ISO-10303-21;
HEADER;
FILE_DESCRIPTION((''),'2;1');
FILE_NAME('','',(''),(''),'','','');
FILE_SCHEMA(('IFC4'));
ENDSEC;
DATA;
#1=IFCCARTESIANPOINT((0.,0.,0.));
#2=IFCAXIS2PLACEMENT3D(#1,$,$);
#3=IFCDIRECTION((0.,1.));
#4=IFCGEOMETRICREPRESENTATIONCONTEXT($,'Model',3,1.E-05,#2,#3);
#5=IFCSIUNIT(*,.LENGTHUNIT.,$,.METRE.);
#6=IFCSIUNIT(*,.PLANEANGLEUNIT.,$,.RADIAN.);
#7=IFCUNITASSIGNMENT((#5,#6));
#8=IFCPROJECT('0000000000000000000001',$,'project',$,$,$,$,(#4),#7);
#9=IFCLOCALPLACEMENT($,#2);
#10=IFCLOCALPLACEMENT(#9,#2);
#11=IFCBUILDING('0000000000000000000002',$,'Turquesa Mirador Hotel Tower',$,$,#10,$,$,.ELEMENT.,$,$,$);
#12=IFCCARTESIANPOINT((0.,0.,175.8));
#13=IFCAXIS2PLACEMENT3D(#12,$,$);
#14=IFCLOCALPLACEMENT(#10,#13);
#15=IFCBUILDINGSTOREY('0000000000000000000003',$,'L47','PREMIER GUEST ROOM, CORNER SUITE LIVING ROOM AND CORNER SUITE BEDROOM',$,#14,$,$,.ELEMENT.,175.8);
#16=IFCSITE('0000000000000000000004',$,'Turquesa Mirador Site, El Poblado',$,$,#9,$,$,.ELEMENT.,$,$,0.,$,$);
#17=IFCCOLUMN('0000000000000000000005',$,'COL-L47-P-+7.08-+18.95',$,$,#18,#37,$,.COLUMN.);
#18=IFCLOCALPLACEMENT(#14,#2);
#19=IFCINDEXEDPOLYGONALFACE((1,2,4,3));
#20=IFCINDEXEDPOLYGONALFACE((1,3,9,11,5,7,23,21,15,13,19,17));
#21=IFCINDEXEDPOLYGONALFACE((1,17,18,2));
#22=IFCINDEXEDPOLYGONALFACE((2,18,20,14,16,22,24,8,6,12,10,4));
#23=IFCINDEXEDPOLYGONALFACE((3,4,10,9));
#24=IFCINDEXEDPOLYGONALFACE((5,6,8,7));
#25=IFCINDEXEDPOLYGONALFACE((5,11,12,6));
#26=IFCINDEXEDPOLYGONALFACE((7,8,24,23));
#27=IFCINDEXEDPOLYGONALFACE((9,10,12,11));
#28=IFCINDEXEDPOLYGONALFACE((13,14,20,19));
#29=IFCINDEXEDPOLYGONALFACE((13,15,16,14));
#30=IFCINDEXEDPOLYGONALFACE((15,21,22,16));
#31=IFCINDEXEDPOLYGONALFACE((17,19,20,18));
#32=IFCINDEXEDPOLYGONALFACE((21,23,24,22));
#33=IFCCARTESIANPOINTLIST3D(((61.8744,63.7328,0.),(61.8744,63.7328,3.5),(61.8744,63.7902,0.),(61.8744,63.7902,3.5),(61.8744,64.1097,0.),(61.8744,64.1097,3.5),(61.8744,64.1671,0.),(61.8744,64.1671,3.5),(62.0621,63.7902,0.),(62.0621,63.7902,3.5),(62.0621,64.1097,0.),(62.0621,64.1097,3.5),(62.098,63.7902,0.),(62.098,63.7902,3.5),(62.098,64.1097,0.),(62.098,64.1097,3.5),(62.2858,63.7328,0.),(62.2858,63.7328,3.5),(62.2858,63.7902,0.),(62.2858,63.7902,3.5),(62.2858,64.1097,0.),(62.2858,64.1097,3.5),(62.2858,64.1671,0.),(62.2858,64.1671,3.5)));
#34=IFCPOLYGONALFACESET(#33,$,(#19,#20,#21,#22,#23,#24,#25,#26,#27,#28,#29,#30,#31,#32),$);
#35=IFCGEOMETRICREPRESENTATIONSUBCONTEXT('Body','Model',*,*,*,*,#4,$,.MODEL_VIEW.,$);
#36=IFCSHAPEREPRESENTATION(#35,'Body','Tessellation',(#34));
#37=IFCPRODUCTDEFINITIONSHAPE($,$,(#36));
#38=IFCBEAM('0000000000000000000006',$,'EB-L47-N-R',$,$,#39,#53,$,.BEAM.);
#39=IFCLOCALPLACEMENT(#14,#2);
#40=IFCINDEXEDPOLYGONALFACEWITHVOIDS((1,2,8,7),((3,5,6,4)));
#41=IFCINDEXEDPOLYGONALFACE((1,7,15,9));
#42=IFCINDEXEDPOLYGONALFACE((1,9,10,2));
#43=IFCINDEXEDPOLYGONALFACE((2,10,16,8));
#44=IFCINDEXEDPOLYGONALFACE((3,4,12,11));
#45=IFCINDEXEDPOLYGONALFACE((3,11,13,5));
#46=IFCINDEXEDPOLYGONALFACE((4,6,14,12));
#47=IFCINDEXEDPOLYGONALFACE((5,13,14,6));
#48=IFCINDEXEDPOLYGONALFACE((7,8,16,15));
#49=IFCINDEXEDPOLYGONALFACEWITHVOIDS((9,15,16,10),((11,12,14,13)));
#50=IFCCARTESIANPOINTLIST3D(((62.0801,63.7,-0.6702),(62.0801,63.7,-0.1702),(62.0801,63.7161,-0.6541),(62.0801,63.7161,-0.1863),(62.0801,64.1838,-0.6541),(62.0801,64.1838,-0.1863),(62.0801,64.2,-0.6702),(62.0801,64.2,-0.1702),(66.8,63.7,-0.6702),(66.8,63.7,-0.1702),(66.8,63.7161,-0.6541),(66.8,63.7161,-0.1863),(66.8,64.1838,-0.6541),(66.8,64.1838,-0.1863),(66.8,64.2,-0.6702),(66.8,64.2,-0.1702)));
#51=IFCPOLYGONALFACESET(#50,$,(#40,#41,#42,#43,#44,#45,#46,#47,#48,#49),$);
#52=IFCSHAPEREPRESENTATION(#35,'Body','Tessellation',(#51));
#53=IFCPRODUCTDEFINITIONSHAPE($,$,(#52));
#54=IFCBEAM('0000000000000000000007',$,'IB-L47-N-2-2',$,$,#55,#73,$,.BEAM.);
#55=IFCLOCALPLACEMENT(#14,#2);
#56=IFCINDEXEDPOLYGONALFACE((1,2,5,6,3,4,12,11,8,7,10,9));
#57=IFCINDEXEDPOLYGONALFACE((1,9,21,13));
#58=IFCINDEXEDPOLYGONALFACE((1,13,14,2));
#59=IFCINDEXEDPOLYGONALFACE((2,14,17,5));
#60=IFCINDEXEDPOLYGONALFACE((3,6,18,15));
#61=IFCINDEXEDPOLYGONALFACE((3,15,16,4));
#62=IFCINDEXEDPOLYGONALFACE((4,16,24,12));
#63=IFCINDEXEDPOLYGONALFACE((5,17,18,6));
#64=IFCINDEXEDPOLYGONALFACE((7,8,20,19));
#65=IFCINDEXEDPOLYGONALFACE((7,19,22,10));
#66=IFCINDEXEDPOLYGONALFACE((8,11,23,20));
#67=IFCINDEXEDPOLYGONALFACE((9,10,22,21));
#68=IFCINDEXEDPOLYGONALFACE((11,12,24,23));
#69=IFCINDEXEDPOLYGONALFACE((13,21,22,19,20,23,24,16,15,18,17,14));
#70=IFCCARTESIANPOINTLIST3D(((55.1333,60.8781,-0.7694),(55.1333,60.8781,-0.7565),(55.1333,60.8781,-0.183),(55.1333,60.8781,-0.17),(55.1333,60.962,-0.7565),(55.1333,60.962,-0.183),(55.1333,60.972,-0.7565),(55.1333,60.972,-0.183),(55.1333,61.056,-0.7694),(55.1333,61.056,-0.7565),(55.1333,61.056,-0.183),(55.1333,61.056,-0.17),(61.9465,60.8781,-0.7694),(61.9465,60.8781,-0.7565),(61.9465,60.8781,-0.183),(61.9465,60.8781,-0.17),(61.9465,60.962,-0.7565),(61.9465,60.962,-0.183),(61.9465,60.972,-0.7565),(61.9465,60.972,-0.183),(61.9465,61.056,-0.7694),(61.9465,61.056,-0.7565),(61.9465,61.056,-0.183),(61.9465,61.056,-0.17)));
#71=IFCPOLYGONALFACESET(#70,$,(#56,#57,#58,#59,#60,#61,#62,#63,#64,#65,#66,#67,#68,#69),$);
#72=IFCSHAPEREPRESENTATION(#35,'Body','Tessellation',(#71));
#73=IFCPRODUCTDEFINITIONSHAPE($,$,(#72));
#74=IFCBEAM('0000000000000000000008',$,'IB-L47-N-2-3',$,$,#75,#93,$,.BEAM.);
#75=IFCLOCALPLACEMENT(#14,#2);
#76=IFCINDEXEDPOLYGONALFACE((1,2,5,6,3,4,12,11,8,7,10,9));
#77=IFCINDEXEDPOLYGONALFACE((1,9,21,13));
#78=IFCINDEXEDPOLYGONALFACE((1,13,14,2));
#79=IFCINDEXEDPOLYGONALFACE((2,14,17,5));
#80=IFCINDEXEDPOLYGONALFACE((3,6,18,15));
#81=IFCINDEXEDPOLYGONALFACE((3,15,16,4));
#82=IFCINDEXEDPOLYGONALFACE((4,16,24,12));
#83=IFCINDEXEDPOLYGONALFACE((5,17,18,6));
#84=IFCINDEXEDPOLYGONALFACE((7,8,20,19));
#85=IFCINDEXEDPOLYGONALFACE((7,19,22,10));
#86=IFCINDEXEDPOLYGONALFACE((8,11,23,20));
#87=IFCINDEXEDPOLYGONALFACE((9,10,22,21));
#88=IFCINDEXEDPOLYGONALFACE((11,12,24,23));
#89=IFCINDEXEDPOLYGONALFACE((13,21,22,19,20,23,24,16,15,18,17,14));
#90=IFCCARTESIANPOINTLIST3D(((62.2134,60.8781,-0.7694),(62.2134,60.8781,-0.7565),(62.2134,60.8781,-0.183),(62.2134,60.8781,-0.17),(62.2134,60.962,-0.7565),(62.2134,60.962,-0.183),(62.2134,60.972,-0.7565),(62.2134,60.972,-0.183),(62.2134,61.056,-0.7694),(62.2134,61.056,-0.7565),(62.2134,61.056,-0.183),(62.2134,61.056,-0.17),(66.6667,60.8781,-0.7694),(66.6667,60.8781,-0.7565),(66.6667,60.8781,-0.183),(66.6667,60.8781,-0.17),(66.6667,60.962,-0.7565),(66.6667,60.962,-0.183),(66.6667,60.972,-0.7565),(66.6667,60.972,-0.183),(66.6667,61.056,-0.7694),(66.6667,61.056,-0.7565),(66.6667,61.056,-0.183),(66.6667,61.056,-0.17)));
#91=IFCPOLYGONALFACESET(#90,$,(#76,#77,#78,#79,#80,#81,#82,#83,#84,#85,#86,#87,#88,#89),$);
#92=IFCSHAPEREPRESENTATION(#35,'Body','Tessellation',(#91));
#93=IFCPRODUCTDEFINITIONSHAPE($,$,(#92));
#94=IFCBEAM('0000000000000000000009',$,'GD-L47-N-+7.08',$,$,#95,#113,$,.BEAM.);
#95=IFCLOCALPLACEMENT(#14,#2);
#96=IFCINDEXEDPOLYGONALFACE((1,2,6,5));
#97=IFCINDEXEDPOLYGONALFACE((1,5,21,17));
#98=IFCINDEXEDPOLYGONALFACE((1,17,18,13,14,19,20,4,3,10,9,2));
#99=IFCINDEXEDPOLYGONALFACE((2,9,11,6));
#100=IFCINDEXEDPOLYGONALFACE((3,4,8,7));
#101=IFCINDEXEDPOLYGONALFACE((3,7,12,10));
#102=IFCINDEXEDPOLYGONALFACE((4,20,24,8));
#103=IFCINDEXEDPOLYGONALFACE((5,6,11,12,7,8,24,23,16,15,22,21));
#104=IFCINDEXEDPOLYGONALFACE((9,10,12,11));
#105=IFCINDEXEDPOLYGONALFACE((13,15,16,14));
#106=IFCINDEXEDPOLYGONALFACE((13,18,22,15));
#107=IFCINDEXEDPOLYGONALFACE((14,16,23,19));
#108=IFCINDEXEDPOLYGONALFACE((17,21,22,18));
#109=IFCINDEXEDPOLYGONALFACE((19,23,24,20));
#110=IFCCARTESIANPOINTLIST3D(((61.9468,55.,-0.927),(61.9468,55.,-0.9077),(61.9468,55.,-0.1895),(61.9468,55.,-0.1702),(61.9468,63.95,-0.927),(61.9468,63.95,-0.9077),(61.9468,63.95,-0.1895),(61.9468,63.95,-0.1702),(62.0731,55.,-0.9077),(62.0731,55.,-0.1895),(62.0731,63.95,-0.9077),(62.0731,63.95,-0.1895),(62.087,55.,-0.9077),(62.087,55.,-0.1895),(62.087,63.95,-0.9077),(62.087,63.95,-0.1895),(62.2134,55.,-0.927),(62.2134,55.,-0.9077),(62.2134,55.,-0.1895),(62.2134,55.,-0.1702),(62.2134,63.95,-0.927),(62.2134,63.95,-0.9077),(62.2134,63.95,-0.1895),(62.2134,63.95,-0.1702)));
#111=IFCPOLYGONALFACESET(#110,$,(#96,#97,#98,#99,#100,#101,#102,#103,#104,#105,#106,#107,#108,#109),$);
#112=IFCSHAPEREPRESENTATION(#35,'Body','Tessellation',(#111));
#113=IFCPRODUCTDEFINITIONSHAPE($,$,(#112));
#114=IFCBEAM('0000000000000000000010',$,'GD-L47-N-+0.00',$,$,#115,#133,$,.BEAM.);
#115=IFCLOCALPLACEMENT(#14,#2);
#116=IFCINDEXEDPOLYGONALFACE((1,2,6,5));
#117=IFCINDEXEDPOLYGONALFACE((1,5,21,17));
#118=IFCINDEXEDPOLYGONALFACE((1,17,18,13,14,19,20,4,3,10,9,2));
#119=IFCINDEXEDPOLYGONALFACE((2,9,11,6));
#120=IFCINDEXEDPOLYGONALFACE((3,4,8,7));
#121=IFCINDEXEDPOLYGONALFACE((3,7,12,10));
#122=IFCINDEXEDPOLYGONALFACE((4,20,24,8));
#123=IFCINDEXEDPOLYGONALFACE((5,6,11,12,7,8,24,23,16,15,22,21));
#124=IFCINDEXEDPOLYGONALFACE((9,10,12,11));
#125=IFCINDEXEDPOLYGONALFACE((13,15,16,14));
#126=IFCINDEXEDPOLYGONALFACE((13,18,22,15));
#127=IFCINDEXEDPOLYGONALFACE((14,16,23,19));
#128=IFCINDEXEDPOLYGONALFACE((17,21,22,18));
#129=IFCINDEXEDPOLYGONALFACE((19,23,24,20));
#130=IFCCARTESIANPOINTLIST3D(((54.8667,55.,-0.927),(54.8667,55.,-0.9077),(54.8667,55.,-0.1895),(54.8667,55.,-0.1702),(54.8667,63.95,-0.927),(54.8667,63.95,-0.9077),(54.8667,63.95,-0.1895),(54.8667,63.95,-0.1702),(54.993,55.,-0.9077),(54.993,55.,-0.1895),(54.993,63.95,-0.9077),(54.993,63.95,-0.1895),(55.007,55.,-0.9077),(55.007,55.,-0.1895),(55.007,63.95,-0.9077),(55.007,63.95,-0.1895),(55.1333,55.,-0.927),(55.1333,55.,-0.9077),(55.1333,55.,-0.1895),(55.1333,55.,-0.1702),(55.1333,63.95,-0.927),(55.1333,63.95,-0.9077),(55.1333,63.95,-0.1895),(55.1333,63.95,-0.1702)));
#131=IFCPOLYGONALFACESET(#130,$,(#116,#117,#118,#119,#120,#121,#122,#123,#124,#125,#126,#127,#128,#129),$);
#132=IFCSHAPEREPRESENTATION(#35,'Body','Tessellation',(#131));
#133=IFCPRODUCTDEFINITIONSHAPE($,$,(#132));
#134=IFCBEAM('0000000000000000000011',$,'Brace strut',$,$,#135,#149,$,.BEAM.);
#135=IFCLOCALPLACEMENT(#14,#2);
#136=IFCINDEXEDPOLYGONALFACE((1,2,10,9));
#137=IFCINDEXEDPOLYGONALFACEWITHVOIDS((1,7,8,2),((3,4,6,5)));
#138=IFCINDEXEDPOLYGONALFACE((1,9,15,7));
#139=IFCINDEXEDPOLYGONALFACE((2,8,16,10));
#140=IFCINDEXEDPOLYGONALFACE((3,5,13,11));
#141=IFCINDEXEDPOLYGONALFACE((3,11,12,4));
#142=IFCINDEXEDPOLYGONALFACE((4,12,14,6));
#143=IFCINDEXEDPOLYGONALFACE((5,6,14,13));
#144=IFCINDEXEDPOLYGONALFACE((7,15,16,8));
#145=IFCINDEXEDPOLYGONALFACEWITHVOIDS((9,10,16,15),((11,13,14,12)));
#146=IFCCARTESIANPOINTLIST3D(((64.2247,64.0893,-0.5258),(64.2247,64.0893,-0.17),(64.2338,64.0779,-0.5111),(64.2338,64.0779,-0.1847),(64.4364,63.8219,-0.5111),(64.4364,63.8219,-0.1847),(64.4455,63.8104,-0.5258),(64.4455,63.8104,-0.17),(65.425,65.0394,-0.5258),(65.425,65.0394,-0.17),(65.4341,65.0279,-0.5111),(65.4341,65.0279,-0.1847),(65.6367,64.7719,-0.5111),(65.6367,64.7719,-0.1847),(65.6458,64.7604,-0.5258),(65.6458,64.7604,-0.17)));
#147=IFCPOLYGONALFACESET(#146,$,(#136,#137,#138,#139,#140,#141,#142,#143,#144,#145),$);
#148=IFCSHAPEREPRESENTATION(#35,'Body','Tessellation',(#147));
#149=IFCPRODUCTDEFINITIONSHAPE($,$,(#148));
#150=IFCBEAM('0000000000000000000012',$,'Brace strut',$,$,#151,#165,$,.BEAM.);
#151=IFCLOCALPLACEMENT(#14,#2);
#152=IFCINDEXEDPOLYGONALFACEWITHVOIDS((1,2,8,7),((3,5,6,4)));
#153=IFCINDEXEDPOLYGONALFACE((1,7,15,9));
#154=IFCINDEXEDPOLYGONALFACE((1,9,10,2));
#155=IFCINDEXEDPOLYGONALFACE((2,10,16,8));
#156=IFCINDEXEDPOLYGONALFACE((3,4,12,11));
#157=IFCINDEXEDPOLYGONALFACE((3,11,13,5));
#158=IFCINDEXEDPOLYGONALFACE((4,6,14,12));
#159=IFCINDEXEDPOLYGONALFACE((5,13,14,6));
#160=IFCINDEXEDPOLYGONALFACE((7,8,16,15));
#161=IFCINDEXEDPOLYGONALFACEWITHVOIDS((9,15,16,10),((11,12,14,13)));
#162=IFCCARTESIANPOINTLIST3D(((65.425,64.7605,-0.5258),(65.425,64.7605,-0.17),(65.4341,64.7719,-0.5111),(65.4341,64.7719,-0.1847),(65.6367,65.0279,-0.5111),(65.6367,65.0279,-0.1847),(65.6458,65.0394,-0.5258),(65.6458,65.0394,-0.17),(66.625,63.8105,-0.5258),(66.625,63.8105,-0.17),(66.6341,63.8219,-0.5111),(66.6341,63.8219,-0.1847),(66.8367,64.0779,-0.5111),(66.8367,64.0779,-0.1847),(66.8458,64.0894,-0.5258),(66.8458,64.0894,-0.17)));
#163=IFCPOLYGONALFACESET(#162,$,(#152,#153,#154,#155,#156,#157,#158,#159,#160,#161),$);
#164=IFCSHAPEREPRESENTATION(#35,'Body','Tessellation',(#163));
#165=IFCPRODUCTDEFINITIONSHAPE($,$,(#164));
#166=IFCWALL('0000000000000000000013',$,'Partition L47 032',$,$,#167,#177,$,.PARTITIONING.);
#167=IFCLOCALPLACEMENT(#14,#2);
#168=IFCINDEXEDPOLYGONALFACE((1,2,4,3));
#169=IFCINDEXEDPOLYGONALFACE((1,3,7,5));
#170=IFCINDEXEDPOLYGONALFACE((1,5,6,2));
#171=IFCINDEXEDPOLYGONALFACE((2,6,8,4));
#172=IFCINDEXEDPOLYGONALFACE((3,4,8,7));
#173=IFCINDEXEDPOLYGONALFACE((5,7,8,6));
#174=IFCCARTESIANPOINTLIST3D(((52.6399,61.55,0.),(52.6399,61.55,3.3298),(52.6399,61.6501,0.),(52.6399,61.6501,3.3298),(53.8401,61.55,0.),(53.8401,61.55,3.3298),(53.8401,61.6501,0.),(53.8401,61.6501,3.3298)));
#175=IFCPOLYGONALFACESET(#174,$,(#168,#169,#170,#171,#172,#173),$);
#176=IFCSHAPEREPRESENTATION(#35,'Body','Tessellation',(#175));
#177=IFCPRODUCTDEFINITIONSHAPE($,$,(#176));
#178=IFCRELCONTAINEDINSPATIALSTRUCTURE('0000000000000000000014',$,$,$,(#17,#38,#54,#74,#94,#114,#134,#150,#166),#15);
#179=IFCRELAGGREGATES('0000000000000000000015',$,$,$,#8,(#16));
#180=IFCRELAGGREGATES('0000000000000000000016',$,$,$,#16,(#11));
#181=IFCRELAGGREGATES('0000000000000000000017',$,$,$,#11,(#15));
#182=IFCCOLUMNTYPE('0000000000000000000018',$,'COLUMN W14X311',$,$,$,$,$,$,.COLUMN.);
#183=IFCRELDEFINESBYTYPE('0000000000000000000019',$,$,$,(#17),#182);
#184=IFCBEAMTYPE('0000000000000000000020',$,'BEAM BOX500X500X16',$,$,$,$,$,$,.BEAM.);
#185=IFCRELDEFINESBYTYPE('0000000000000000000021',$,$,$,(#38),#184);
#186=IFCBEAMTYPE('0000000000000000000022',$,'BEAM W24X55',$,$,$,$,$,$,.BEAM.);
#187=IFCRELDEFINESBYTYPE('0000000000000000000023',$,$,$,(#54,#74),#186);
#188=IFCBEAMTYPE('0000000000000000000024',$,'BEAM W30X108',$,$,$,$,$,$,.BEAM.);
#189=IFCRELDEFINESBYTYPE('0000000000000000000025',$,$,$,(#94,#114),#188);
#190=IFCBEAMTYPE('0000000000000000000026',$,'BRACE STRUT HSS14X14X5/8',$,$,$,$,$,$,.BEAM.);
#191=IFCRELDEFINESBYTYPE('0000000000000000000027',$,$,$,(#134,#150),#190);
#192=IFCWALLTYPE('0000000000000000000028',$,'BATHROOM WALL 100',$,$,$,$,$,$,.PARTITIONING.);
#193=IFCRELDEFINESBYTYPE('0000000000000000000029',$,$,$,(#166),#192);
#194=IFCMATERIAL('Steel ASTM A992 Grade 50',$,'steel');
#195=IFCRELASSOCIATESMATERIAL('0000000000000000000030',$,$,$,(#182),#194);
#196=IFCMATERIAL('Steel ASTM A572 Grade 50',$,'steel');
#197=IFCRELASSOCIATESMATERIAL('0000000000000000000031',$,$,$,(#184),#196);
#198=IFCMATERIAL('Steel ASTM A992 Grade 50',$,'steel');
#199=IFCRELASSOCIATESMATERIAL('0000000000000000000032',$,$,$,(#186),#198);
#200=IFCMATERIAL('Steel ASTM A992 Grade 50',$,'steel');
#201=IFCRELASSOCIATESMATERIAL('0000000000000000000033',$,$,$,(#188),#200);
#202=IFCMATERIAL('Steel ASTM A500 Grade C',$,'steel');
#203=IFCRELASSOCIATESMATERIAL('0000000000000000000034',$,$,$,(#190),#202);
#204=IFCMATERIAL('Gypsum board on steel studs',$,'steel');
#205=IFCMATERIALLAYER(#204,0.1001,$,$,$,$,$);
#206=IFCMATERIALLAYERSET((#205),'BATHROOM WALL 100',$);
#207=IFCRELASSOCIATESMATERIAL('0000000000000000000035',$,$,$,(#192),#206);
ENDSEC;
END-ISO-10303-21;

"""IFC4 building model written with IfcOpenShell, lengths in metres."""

from ifc_helpers import new_model, si_unit, direction, frame, frame_2d, origin, origin_2d, place, context, subcontext, project, spatial, rectangle, hollow_rectangle, i_section, extrude, material, layer, layer_set, material_profile, profile_set, type_object, element, save


model = new_model("IFC4")

# Units and contexts
model_context = context("Model", 3, precision=1e-05, world=origin(), true_north=direction((0.0, 1.0)))
body_context = subcontext(model_context, "Body", "Model", "MODEL_VIEW")
ifc_project = project(units=[si_unit("LENGTHUNIT", "METRE"), si_unit("PLANEANGLEUNIT", "RADIAN")], contexts=[model_context])

# Site, building, storey
site_placement = place(None, origin())
site = spatial("IfcSite", under=ifc_project, at=site_placement, Name="Turquesa Mirador Site, El Poblado", CompositionType="ELEMENT", RefElevation=0.0)
building_placement = place(site_placement, origin())
building = spatial("IfcBuilding", under=site, at=building_placement, Name="Turquesa Mirador Hotel Tower", CompositionType="ELEMENT")
storey_placement = place(building_placement, frame((0.0, 0.0, 175.8)))
storey = spatial("IfcBuildingStorey", under=building, at=storey_placement, Name="L47", Description="PREMIER GUEST ROOM, CORNER SUITE LIVING ROOM AND CORNER SUITE BEDROOM", CompositionType="ELEMENT", Elevation=175.8)

# Column
ifc_material_1 = material(Name="Steel ASTM A992 Grade 50", Category="steel")
ifc_material_profile_1 = material_profile(ifc_material_1, i_section(OverallWidth=0.4114, OverallDepth=0.4343, WebThickness=0.0359, FlangeThickness=0.0574, at=origin_2d()), Name="W14X311")
ifc_profile_set_1 = profile_set([ifc_material_profile_1], Name="Steel ASTM A992 Grade 50")
column_type = type_object("IfcColumnType", Name="COLUMN W14X311", PredefinedType="COLUMN", material=ifc_profile_set_1)
column_placement = place(storey_placement, frame((62.0801, 63.95, 0.0), z_axis=(0.0, 0.0, 1.0), x_axis=(1.0, 0.0, 0.0)))
element("IfcColumn", 1, at=column_placement, inside=storey, type_object=column_type, Name="COL-L47-P-+7.08-+18.95", PredefinedType="COLUMN", context=body_context, shape_type="SweptSolid", body=[
    extrude(i_section(OverallWidth=0.4114, OverallDepth=0.4343, WebThickness=0.0359, FlangeThickness=0.0574, at=origin_2d()), origin(), (0.0, 0.0, 1.0), 3.5),
])

# Beams
ifc_material_2 = material(Name="Steel ASTM A572 Grade 50", Category="steel")
ifc_material_profile_2 = material_profile(ifc_material_2, hollow_rectangle(XDim=0.5, YDim=0.5, WallThickness=0.0161, at=origin_2d()), Name="BOX500X500X16")
ifc_profile_set_2 = profile_set([ifc_material_profile_2], Name="Steel ASTM A572 Grade 50")
beam_type_1 = type_object("IfcBeamType", Name="BEAM BOX500X500X16", PredefinedType="BEAM", material=ifc_profile_set_2)
beam_1_placement = place(storey_placement, frame((62.0801, 63.95, -0.4202), z_axis=(1.0, 0.0, 0.0), x_axis=(0.0, 1.0, 0.0)))
element("IfcBeam", 2, at=beam_1_placement, inside=storey, type_object=beam_type_1, Name="EB-L47-N-R", PredefinedType="BEAM", context=body_context, shape_type="SweptSolid", body=[
    extrude(hollow_rectangle(XDim=0.5, YDim=0.5, WallThickness=0.0161, at=origin_2d()), origin(), (0.0, 0.0, 1.0), 4.72),
])
ifc_material_3 = material(Name="Steel ASTM A992 Grade 50", Category="steel")
ifc_material_profile_3 = material_profile(ifc_material_3, i_section(OverallWidth=0.178, OverallDepth=0.5994, WebThickness=0.01, FlangeThickness=0.0129, at=origin_2d()), Name="W24X55")
ifc_profile_set_3 = profile_set([ifc_material_profile_3], Name="Steel ASTM A992 Grade 50")
beam_type_2 = type_object("IfcBeamType", Name="BEAM W24X55", PredefinedType="BEAM", material=ifc_profile_set_3)
beam_2_placement = place(storey_placement, frame((55.1333, 60.967, -0.4697), z_axis=(1.0, 0.0, 0.0), x_axis=(0.0, 1.0, 0.0)))
element("IfcBeam", 3, at=beam_2_placement, inside=storey, type_object=beam_type_2, Name="IB-L47-N-2-2", PredefinedType="BEAM", context=body_context, shape_type="SweptSolid", body=[
    extrude(i_section(OverallWidth=0.178, OverallDepth=0.5994, WebThickness=0.01, FlangeThickness=0.0129, at=origin_2d()), origin(), (0.0, 0.0, 1.0), 6.8132),
])
beam_3_placement = place(storey_placement, frame((62.2134, 60.967, -0.4697), z_axis=(1.0, 0.0, 0.0), x_axis=(0.0, 1.0, 0.0)))
element("IfcBeam", 4, at=beam_3_placement, inside=storey, type_object=beam_type_2, Name="IB-L47-N-2-3", PredefinedType="BEAM", context=body_context, shape_type="SweptSolid", body=[
    extrude(i_section(OverallWidth=0.178, OverallDepth=0.5994, WebThickness=0.01, FlangeThickness=0.0129, at=origin_2d()), origin(), (0.0, 0.0, 1.0), 4.4534),
])
ifc_material_4 = material(Name="Steel ASTM A992 Grade 50", Category="steel")
ifc_material_profile_4 = material_profile(ifc_material_4, i_section(OverallWidth=0.2666, OverallDepth=0.7568, WebThickness=0.0139, FlangeThickness=0.0193, at=origin_2d()), Name="W30X108")
ifc_profile_set_4 = profile_set([ifc_material_profile_4], Name="Steel ASTM A992 Grade 50")
beam_type_3 = type_object("IfcBeamType", Name="BEAM W30X108", PredefinedType="BEAM", material=ifc_profile_set_4)
for number, where, z_axis, x_axis, name in (
    (5, (62.0801, 63.95, -0.5486), (0.0, -1.0, 0.0), (1.0, 0.0, 0.0), "GD-L47-N-+7.08"),
    (6, (55.0, 63.95, -0.5486), (0.0, -1.0, 0.0), (1.0, 0.0, 0.0), "GD-L47-N-+0.00"),
):
    element("IfcBeam", number, at=place(storey_placement, frame(where, z_axis=z_axis, x_axis=x_axis)), inside=storey, type_object=beam_type_3, Name=name, PredefinedType="BEAM", context=body_context, shape_type="SweptSolid", body=[
        extrude(i_section(OverallWidth=0.2666, OverallDepth=0.7568, WebThickness=0.0139, FlangeThickness=0.0193, at=origin_2d()), origin(), (0.0, 0.0, 1.0), 8.95),
    ])
ifc_material_5 = material(Name="Steel ASTM A500 Grade C", Category="steel")
ifc_material_profile_5 = material_profile(ifc_material_5, hollow_rectangle(XDim=0.3557, YDim=0.3557, WallThickness=0.0146, at=origin_2d()), Name="HSS14X14X5/8")
ifc_profile_set_5 = profile_set([ifc_material_profile_5], Name="Steel ASTM A500 Grade C")
beam_type_4 = type_object("IfcBeamType", Name="BRACE STRUT HSS14X14X5/8", PredefinedType="BEAM", material=ifc_profile_set_5)
beam_4_placement = place(storey_placement, frame((65.5354, 64.8999, -0.3479), z_axis=(-0.784111, -0.620621, 0.0), x_axis=(0.620621, -0.784111, 0.0)))
element("IfcBeam", 7, at=beam_4_placement, inside=storey, type_object=beam_type_4, Name="Brace strut", PredefinedType="BEAM", context=body_context, shape_type="SweptSolid", body=[
    extrude(hollow_rectangle(XDim=0.3557, YDim=0.3557, WallThickness=0.0146, at=origin_2d()), origin(), (0.0, 0.0, 1.0), 1.5308),
])
beam_5_placement = place(storey_placement, frame((65.5354, 64.8999, -0.3479), z_axis=(0.784049, -0.620699, 0.0), x_axis=(0.620699, 0.784049, 0.0)))
element("IfcBeam", 8, at=beam_5_placement, inside=storey, type_object=beam_type_4, Name="Brace strut", PredefinedType="BEAM", context=body_context, shape_type="SweptSolid", body=[
    extrude(hollow_rectangle(XDim=0.3557, YDim=0.3557, WallThickness=0.0146, at=origin_2d()), origin(), (0.0, 0.0, 1.0), 1.5305),
])

# Wall
ifc_material_6 = material(Name="Gypsum board on steel studs", Category="steel")
ifc_layer_1 = layer(ifc_material_6, 0.1001)
ifc_layer_set_1 = layer_set([ifc_layer_1], Name="BATHROOM WALL 100")
wall_type_1 = type_object("IfcWallType", Name="BATHROOM WALL 100", PredefinedType="PARTITIONING", material=ifc_layer_set_1)
wall_1_placement = place(storey_placement, frame((52.6399, 61.6001, 0.0), z_axis=(0.0, 0.0, 1.0), x_axis=(1.0, 0.0, 0.0)))
element("IfcWall", 9, at=wall_1_placement, inside=storey, type_object=wall_type_1, Name="Partition L47 032", PredefinedType="PARTITIONING", context=body_context, shape_type="SweptSolid", body=[
    extrude(rectangle(XDim=1.2002, YDim=0.1001, at=frame_2d((0.6001, 0.0))), origin(), (0.0, 0.0, 1.0), 3.3298),
])

save(model, "model.ifc")
